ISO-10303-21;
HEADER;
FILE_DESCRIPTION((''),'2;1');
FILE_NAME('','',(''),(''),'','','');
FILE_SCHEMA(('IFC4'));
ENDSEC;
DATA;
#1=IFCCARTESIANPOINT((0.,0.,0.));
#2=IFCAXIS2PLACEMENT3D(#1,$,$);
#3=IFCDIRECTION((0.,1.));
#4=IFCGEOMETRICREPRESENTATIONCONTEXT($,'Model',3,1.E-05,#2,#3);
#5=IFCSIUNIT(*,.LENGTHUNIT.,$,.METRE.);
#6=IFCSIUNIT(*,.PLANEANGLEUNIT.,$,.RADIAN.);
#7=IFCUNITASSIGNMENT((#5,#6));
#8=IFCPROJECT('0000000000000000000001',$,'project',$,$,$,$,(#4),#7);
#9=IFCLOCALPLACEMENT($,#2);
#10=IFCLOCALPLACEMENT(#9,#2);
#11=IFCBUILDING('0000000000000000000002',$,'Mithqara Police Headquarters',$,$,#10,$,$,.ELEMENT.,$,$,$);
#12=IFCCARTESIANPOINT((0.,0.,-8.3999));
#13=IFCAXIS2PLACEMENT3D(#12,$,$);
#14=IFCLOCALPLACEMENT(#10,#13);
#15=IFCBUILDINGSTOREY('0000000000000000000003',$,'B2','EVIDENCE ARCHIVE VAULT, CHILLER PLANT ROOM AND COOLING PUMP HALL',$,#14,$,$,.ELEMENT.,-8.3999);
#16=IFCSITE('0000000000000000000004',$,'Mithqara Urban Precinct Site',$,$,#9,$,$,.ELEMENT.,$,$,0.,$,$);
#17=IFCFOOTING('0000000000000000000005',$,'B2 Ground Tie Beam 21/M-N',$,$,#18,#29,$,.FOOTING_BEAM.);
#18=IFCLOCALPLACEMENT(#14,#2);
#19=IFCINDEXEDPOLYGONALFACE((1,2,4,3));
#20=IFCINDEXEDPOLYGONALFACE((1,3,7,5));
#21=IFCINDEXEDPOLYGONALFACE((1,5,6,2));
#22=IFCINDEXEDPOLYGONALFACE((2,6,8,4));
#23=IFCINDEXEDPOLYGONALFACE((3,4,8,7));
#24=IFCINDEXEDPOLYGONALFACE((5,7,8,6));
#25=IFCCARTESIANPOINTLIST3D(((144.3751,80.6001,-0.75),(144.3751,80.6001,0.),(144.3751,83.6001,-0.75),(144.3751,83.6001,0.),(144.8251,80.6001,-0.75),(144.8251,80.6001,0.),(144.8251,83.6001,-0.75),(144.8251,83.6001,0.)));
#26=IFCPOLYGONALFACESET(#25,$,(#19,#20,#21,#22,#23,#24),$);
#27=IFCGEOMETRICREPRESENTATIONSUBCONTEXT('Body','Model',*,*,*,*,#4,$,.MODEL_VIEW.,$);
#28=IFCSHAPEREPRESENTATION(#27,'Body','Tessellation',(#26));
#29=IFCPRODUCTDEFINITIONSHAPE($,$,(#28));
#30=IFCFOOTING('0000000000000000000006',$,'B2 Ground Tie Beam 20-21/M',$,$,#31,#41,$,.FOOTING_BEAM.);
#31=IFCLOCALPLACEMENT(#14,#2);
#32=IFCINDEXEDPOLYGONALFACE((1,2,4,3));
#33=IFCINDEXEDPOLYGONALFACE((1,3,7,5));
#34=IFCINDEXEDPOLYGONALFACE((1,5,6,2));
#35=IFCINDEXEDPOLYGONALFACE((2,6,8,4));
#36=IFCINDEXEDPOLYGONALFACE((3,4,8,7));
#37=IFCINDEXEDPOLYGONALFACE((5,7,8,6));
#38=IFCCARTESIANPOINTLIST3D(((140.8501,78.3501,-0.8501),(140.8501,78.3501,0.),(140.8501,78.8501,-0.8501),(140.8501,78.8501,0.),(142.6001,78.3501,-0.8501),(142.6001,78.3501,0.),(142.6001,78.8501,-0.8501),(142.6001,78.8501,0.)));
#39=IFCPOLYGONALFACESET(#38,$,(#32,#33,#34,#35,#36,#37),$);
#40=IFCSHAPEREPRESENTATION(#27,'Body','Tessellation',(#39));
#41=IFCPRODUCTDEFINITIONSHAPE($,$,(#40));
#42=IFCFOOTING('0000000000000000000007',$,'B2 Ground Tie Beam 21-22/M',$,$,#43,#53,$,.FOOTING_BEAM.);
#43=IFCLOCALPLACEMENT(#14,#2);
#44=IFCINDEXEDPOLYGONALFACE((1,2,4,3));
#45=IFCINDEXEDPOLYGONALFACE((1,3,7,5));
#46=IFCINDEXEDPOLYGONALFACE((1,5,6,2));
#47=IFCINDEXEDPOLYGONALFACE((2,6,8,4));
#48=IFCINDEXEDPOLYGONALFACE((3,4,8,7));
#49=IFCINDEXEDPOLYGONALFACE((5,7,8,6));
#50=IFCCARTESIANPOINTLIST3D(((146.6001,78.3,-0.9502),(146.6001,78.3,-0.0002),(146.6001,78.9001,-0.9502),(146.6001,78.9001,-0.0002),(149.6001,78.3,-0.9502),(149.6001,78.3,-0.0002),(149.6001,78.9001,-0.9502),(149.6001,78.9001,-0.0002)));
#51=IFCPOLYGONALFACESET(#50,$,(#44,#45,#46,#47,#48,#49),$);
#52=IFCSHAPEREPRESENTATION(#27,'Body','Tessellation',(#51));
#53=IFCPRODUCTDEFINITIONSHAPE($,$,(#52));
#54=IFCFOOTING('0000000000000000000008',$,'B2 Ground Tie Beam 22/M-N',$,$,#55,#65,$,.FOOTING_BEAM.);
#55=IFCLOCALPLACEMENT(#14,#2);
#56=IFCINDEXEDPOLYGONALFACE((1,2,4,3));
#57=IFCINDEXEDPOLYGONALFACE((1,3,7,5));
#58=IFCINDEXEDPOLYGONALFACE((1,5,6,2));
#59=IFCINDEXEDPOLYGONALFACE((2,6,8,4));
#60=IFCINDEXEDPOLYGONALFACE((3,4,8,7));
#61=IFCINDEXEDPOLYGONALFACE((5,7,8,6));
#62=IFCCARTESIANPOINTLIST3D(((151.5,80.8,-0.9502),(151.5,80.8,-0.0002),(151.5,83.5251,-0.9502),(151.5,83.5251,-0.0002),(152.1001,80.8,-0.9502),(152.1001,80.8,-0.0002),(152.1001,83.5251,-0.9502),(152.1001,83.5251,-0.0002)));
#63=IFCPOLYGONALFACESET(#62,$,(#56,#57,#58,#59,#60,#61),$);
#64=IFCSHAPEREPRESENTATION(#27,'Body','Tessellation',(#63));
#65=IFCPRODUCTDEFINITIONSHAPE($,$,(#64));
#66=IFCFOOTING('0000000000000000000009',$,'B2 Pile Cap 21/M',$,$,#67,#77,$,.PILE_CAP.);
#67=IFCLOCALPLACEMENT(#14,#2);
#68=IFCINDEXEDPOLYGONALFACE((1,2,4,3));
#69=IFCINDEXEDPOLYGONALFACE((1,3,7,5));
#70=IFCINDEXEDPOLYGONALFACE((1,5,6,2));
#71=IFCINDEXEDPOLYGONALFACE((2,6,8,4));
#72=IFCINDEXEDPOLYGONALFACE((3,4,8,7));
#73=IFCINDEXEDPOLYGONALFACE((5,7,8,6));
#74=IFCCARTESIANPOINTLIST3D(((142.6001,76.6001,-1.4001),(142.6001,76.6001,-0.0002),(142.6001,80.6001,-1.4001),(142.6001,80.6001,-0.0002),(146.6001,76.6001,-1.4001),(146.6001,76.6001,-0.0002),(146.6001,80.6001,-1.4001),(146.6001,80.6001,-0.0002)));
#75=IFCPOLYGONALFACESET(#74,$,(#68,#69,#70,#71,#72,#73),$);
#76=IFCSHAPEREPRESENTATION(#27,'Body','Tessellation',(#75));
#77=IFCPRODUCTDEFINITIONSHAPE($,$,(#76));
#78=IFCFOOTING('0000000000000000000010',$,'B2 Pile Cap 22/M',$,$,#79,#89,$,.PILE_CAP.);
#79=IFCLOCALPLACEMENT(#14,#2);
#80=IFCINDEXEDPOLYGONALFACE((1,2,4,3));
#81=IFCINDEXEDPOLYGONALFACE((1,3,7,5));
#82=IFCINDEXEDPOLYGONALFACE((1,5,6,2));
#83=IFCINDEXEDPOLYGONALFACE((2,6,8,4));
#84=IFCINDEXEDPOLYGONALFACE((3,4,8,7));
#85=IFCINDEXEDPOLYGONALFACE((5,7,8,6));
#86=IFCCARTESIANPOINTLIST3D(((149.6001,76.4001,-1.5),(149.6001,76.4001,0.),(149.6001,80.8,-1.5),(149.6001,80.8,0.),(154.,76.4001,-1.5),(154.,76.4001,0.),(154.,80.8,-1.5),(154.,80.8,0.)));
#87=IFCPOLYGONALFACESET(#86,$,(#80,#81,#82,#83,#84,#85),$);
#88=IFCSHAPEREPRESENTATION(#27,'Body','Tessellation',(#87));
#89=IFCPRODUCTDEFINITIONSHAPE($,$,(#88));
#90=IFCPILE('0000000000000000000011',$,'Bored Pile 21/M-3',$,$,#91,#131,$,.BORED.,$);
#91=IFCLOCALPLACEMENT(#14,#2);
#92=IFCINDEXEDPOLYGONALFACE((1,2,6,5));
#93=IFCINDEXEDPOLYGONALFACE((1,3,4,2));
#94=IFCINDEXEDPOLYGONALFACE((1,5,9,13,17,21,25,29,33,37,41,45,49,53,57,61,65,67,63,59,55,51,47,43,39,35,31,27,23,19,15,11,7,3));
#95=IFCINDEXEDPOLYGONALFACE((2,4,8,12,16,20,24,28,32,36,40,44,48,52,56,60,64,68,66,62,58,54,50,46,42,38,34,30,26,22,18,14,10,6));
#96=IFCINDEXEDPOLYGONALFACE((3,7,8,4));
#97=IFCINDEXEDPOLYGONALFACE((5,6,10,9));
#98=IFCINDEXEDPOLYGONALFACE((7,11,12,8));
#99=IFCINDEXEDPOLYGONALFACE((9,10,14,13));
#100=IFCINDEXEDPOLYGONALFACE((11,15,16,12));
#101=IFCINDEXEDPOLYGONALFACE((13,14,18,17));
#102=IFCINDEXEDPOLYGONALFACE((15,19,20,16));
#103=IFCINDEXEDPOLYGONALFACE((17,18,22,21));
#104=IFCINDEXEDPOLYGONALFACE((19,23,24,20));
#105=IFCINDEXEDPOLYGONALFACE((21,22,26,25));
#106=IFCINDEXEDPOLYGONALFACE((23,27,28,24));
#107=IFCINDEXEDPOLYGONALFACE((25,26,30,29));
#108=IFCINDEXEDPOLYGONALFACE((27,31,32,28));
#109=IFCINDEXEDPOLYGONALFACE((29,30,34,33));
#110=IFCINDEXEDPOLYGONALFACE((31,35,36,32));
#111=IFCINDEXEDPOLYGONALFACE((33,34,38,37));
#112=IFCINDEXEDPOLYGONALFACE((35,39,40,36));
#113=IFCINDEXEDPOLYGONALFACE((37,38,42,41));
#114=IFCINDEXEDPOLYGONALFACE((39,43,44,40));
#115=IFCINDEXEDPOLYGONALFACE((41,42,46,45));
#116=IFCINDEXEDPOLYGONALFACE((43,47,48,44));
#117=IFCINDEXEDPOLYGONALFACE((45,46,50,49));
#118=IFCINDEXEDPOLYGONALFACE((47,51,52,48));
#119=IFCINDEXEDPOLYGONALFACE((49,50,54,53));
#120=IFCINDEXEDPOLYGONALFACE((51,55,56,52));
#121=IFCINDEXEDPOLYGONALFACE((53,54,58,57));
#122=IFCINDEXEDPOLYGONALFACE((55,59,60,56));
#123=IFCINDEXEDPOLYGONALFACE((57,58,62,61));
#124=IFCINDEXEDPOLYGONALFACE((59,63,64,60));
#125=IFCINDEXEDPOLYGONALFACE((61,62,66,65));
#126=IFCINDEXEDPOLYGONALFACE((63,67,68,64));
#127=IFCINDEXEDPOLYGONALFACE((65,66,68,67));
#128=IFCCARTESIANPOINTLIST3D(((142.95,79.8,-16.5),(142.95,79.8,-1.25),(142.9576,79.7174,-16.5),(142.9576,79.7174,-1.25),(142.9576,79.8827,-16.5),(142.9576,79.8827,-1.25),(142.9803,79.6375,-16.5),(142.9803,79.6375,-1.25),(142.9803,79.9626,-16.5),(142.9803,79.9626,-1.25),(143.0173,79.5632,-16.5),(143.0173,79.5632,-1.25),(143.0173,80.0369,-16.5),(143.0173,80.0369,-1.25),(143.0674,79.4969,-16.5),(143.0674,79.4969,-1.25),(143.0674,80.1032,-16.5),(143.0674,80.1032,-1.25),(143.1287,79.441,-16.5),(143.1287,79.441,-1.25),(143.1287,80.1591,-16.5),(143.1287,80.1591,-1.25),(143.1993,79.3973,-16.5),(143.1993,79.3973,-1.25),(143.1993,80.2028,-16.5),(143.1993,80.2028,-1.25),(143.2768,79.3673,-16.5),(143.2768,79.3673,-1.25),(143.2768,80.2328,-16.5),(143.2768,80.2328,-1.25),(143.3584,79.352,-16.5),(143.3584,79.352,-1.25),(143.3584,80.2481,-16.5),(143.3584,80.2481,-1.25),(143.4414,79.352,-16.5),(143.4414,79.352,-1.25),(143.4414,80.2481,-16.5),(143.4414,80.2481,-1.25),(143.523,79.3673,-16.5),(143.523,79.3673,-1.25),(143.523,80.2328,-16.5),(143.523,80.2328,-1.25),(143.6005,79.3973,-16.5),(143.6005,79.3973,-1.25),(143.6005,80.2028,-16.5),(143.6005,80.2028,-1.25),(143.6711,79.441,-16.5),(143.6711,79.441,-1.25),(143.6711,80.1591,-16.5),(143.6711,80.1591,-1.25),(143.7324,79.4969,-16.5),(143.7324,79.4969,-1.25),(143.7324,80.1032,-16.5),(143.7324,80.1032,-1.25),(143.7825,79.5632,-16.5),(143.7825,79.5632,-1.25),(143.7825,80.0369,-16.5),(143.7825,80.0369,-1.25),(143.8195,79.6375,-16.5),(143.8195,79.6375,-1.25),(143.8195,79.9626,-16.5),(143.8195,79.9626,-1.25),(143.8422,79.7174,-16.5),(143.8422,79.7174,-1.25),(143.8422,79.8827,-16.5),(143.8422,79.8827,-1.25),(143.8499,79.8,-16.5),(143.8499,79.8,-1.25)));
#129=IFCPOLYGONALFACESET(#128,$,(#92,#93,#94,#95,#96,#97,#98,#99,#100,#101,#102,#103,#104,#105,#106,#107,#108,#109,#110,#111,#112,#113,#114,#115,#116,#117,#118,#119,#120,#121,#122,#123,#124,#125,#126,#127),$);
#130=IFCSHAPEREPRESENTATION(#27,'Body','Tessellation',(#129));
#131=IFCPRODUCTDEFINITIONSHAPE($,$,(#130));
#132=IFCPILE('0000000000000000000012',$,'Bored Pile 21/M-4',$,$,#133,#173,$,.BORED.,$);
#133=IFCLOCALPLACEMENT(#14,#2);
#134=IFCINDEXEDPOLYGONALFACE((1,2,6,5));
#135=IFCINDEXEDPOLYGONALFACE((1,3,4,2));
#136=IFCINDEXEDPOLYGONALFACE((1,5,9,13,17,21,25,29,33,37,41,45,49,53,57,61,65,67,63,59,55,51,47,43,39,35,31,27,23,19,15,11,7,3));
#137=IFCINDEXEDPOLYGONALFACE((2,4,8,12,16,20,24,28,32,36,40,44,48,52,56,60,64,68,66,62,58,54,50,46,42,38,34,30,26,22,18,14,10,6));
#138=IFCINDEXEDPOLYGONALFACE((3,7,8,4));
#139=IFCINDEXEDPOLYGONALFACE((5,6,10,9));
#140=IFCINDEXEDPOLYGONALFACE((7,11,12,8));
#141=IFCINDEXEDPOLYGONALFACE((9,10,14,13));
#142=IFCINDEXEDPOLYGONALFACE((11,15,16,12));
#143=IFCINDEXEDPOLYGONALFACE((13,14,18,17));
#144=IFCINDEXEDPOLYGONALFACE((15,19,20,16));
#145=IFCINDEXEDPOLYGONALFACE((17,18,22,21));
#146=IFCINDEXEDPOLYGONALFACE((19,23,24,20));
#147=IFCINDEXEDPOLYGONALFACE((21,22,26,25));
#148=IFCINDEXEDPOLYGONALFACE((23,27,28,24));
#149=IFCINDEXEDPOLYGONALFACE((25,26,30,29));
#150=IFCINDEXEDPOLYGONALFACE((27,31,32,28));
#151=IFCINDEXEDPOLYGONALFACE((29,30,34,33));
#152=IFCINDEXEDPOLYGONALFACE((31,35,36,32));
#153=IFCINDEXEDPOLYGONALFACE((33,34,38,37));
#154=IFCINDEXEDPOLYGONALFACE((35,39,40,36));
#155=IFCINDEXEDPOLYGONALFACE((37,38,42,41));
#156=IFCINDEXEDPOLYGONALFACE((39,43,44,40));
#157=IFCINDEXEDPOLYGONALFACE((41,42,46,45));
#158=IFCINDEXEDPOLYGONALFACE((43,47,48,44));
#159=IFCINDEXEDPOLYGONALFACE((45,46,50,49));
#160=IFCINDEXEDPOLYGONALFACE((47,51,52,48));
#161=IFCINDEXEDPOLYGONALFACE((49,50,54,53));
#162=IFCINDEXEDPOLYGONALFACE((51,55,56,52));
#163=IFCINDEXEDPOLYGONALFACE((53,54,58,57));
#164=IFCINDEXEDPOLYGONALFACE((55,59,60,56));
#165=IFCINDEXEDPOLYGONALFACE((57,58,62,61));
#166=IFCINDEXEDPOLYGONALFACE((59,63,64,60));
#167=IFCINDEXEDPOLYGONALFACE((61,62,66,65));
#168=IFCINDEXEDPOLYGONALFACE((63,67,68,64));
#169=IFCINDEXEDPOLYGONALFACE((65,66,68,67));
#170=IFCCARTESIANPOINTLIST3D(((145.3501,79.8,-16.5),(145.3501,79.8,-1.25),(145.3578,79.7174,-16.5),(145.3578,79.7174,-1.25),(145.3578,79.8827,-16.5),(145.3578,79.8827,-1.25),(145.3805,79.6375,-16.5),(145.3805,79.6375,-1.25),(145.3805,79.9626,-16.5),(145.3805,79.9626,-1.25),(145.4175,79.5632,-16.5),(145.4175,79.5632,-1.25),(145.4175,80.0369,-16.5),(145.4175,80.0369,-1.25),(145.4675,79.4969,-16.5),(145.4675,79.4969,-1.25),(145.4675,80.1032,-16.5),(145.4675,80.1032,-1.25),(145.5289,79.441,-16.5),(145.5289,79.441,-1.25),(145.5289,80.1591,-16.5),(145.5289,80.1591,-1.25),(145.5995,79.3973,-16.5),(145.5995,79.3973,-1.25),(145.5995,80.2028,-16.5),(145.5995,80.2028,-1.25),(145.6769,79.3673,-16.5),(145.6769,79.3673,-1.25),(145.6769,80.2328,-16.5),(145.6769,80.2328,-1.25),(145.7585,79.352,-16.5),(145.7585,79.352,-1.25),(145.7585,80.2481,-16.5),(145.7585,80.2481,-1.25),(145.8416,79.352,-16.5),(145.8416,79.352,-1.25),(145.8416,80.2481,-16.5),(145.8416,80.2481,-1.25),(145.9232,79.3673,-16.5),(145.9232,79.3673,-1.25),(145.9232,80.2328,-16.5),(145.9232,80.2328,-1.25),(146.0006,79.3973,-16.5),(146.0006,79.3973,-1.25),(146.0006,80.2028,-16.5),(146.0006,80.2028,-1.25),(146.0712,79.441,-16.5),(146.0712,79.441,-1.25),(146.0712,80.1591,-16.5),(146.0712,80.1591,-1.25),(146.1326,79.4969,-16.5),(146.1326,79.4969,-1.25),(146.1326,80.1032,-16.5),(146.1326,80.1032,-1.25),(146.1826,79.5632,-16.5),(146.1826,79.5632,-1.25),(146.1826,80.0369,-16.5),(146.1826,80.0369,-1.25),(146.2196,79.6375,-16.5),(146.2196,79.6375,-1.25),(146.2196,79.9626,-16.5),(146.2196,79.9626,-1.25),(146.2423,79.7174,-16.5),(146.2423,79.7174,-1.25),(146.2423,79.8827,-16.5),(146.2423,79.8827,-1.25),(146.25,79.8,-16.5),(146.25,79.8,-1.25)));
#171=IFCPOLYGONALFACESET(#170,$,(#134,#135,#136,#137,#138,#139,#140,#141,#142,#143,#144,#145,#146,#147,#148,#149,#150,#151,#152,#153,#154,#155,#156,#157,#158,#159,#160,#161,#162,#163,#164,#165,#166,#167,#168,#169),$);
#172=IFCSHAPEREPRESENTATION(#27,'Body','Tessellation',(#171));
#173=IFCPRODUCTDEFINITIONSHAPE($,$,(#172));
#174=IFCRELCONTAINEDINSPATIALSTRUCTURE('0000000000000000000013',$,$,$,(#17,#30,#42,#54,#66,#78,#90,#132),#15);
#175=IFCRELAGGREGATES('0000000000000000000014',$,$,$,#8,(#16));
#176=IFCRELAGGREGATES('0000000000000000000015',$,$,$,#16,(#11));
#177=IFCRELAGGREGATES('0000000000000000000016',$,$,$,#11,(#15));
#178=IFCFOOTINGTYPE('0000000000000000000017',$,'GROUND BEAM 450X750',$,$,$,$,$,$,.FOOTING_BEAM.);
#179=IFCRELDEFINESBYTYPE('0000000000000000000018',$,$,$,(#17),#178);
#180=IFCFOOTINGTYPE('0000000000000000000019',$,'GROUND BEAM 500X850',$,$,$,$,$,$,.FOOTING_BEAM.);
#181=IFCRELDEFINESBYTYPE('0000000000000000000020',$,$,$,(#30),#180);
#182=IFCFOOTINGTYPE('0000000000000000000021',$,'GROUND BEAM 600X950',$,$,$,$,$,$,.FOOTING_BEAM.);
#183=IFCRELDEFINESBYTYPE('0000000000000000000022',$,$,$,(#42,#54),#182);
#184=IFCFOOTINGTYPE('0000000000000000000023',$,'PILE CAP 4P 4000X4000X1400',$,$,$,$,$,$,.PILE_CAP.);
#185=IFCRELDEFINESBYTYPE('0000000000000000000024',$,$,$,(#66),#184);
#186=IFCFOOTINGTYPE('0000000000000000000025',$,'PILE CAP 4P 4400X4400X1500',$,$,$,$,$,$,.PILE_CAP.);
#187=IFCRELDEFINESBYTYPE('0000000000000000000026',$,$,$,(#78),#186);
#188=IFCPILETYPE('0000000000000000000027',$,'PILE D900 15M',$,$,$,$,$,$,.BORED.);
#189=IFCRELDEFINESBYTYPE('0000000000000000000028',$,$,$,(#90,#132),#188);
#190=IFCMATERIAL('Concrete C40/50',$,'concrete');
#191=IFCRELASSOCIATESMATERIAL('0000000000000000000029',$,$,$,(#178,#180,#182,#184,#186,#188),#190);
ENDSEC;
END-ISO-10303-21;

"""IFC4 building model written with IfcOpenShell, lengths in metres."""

from ifc_helpers import new_model, si_unit, direction, frame, origin, origin_2d, place, context, subcontext, project, spatial, rectangle, circle, extrude, material, material_profile, profile_set, type_object, element, save


model = new_model("IFC4")

# Units and contexts
model_context = context("Model", 3, precision=1e-05, world=origin(), true_north=direction((0.0, 1.0)))
body_context = subcontext(model_context, "Body", "Model", "MODEL_VIEW")
ifc_project = project(units=[si_unit("LENGTHUNIT", "METRE"), si_unit("PLANEANGLEUNIT", "RADIAN")], contexts=[model_context])

# Site, building, storey
site_placement = place(None, origin())
site = spatial("IfcSite", under=ifc_project, at=site_placement, Name="Mithqara Urban Precinct Site", CompositionType="ELEMENT", RefElevation=0.0)
building_placement = place(site_placement, origin())
building = spatial("IfcBuilding", under=site, at=building_placement, Name="Mithqara Police Headquarters", CompositionType="ELEMENT")
storey_placement = place(building_placement, frame((0.0, 0.0, -8.3999)))
storey = spatial("IfcBuildingStorey", under=building, at=storey_placement, Name="B2", Description="EVIDENCE ARCHIVE VAULT, CHILLER PLANT ROOM AND COOLING PUMP HALL", CompositionType="ELEMENT", Elevation=-8.3999)

# Footings
ifc_material_1 = material(Name="Concrete C40/50", Category="concrete")
footing_type_1 = type_object("IfcFootingType", Name="GROUND BEAM 450X750", PredefinedType="FOOTING_BEAM", material=ifc_material_1)
footing_1_placement = place(storey_placement, frame((144.6001, 82.1001, -0.75), z_axis=(0.0, 0.0, 1.0), x_axis=(1.0, 0.0, 0.0)))
element("IfcFooting", 1, at=footing_1_placement, inside=storey, type_object=footing_type_1, Name="B2 Ground Tie Beam 21/M-N", PredefinedType="FOOTING_BEAM", context=body_context, shape_type="SweptSolid", body=[
    extrude(rectangle(XDim=0.45, YDim=3.0, at=origin_2d()), origin(), (0.0, 0.0, 1.0), 0.75),
])
footing_type_2 = type_object("IfcFootingType", Name="GROUND BEAM 500X850", PredefinedType="FOOTING_BEAM", material=ifc_material_1)
footing_2_placement = place(storey_placement, frame((141.7251, 78.6001, -0.8501), z_axis=(0.0, 0.0, 1.0), x_axis=(1.0, 0.0, 0.0)))
element("IfcFooting", 2, at=footing_2_placement, inside=storey, type_object=footing_type_2, Name="B2 Ground Tie Beam 20-21/M", PredefinedType="FOOTING_BEAM", context=body_context, shape_type="SweptSolid", body=[
    extrude(rectangle(XDim=1.75, YDim=0.5, at=origin_2d()), origin(), (0.0, 0.0, 1.0), 0.8501),
])
footing_type_3 = type_object("IfcFootingType", Name="GROUND BEAM 600X950", PredefinedType="FOOTING_BEAM", material=ifc_material_1)
footing_3_placement = place(storey_placement, frame((148.1001, 78.6001, -0.9502), z_axis=(0.0, 0.0, 1.0), x_axis=(1.0, 0.0, 0.0)))
element("IfcFooting", 3, at=footing_3_placement, inside=storey, type_object=footing_type_3, Name="B2 Ground Tie Beam 21-22/M", PredefinedType="FOOTING_BEAM", context=body_context, shape_type="SweptSolid", body=[
    extrude(rectangle(XDim=3.0, YDim=0.6001, at=origin_2d()), origin(), (0.0, 0.0, 1.0), 0.95),
])
footing_4_placement = place(storey_placement, frame((151.8, 82.1626, -0.9502), z_axis=(0.0, 0.0, 1.0), x_axis=(1.0, 0.0, 0.0)))
element("IfcFooting", 4, at=footing_4_placement, inside=storey, type_object=footing_type_3, Name="B2 Ground Tie Beam 22/M-N", PredefinedType="FOOTING_BEAM", context=body_context, shape_type="SweptSolid", body=[
    extrude(rectangle(XDim=0.6001, YDim=2.7251, at=origin_2d()), origin(), (0.0, 0.0, 1.0), 0.95),
])
footing_type_4 = type_object("IfcFootingType", Name="PILE CAP 4P 4000X4000X1400", PredefinedType="PILE_CAP", material=ifc_material_1)
footing_5_placement = place(storey_placement, frame((144.6001, 78.6001, -1.4001), z_axis=(0.0, 0.0, 1.0), x_axis=(1.0, 0.0, 0.0)))
element("IfcFooting", 5, at=footing_5_placement, inside=storey, type_object=footing_type_4, Name="B2 Pile Cap 21/M", PredefinedType="PILE_CAP", context=body_context, shape_type="SweptSolid", body=[
    extrude(rectangle(XDim=4.0, YDim=4.0, at=origin_2d()), origin(), (0.0, 0.0, 1.0), 1.3999),
])
footing_type_5 = type_object("IfcFootingType", Name="PILE CAP 4P 4400X4400X1500", PredefinedType="PILE_CAP", material=ifc_material_1)
footing_6_placement = place(storey_placement, frame((151.8, 78.6001, -1.5), z_axis=(0.0, 0.0, 1.0), x_axis=(1.0, 0.0, 0.0)))
element("IfcFooting", 6, at=footing_6_placement, inside=storey, type_object=footing_type_5, Name="B2 Pile Cap 22/M", PredefinedType="PILE_CAP", context=body_context, shape_type="SweptSolid", body=[
    extrude(rectangle(XDim=4.3999, YDim=4.3999, at=origin_2d()), origin(), (0.0, 0.0, 1.0), 1.5),
])

# Piles
ifc_material_profile_1 = material_profile(ifc_material_1, circle(Radius=0.45, at=origin_2d()), Name="PILE D900")
ifc_profile_set_1 = profile_set([ifc_material_profile_1], Name="Concrete C40/50")
pile_type = type_object("IfcPileType", Name="PILE D900 15M", PredefinedType="BORED", material=ifc_profile_set_1)
for number, where, z_axis, x_axis, name in (
    (7, (143.3999, 79.8, -1.25), (0.0, 0.0, -1.0), (1.0, 0.0, 0.0), "Bored Pile 21/M-3"),
    (8, (145.8, 79.8, -1.25), (0.0, 0.0, -1.0), (1.0, 0.0, 0.0), "Bored Pile 21/M-4"),
):
    element("IfcPile", number, at=place(storey_placement, frame(where, z_axis=z_axis, x_axis=x_axis)), inside=storey, type_object=pile_type, Name=name, PredefinedType="BORED", context=body_context, shape_type="SweptSolid", body=[
        extrude(circle(Radius=0.45, at=origin_2d()), origin(), (0.0, 0.0, 1.0), 15.25),
    ])

save(model, "model.ifc")
